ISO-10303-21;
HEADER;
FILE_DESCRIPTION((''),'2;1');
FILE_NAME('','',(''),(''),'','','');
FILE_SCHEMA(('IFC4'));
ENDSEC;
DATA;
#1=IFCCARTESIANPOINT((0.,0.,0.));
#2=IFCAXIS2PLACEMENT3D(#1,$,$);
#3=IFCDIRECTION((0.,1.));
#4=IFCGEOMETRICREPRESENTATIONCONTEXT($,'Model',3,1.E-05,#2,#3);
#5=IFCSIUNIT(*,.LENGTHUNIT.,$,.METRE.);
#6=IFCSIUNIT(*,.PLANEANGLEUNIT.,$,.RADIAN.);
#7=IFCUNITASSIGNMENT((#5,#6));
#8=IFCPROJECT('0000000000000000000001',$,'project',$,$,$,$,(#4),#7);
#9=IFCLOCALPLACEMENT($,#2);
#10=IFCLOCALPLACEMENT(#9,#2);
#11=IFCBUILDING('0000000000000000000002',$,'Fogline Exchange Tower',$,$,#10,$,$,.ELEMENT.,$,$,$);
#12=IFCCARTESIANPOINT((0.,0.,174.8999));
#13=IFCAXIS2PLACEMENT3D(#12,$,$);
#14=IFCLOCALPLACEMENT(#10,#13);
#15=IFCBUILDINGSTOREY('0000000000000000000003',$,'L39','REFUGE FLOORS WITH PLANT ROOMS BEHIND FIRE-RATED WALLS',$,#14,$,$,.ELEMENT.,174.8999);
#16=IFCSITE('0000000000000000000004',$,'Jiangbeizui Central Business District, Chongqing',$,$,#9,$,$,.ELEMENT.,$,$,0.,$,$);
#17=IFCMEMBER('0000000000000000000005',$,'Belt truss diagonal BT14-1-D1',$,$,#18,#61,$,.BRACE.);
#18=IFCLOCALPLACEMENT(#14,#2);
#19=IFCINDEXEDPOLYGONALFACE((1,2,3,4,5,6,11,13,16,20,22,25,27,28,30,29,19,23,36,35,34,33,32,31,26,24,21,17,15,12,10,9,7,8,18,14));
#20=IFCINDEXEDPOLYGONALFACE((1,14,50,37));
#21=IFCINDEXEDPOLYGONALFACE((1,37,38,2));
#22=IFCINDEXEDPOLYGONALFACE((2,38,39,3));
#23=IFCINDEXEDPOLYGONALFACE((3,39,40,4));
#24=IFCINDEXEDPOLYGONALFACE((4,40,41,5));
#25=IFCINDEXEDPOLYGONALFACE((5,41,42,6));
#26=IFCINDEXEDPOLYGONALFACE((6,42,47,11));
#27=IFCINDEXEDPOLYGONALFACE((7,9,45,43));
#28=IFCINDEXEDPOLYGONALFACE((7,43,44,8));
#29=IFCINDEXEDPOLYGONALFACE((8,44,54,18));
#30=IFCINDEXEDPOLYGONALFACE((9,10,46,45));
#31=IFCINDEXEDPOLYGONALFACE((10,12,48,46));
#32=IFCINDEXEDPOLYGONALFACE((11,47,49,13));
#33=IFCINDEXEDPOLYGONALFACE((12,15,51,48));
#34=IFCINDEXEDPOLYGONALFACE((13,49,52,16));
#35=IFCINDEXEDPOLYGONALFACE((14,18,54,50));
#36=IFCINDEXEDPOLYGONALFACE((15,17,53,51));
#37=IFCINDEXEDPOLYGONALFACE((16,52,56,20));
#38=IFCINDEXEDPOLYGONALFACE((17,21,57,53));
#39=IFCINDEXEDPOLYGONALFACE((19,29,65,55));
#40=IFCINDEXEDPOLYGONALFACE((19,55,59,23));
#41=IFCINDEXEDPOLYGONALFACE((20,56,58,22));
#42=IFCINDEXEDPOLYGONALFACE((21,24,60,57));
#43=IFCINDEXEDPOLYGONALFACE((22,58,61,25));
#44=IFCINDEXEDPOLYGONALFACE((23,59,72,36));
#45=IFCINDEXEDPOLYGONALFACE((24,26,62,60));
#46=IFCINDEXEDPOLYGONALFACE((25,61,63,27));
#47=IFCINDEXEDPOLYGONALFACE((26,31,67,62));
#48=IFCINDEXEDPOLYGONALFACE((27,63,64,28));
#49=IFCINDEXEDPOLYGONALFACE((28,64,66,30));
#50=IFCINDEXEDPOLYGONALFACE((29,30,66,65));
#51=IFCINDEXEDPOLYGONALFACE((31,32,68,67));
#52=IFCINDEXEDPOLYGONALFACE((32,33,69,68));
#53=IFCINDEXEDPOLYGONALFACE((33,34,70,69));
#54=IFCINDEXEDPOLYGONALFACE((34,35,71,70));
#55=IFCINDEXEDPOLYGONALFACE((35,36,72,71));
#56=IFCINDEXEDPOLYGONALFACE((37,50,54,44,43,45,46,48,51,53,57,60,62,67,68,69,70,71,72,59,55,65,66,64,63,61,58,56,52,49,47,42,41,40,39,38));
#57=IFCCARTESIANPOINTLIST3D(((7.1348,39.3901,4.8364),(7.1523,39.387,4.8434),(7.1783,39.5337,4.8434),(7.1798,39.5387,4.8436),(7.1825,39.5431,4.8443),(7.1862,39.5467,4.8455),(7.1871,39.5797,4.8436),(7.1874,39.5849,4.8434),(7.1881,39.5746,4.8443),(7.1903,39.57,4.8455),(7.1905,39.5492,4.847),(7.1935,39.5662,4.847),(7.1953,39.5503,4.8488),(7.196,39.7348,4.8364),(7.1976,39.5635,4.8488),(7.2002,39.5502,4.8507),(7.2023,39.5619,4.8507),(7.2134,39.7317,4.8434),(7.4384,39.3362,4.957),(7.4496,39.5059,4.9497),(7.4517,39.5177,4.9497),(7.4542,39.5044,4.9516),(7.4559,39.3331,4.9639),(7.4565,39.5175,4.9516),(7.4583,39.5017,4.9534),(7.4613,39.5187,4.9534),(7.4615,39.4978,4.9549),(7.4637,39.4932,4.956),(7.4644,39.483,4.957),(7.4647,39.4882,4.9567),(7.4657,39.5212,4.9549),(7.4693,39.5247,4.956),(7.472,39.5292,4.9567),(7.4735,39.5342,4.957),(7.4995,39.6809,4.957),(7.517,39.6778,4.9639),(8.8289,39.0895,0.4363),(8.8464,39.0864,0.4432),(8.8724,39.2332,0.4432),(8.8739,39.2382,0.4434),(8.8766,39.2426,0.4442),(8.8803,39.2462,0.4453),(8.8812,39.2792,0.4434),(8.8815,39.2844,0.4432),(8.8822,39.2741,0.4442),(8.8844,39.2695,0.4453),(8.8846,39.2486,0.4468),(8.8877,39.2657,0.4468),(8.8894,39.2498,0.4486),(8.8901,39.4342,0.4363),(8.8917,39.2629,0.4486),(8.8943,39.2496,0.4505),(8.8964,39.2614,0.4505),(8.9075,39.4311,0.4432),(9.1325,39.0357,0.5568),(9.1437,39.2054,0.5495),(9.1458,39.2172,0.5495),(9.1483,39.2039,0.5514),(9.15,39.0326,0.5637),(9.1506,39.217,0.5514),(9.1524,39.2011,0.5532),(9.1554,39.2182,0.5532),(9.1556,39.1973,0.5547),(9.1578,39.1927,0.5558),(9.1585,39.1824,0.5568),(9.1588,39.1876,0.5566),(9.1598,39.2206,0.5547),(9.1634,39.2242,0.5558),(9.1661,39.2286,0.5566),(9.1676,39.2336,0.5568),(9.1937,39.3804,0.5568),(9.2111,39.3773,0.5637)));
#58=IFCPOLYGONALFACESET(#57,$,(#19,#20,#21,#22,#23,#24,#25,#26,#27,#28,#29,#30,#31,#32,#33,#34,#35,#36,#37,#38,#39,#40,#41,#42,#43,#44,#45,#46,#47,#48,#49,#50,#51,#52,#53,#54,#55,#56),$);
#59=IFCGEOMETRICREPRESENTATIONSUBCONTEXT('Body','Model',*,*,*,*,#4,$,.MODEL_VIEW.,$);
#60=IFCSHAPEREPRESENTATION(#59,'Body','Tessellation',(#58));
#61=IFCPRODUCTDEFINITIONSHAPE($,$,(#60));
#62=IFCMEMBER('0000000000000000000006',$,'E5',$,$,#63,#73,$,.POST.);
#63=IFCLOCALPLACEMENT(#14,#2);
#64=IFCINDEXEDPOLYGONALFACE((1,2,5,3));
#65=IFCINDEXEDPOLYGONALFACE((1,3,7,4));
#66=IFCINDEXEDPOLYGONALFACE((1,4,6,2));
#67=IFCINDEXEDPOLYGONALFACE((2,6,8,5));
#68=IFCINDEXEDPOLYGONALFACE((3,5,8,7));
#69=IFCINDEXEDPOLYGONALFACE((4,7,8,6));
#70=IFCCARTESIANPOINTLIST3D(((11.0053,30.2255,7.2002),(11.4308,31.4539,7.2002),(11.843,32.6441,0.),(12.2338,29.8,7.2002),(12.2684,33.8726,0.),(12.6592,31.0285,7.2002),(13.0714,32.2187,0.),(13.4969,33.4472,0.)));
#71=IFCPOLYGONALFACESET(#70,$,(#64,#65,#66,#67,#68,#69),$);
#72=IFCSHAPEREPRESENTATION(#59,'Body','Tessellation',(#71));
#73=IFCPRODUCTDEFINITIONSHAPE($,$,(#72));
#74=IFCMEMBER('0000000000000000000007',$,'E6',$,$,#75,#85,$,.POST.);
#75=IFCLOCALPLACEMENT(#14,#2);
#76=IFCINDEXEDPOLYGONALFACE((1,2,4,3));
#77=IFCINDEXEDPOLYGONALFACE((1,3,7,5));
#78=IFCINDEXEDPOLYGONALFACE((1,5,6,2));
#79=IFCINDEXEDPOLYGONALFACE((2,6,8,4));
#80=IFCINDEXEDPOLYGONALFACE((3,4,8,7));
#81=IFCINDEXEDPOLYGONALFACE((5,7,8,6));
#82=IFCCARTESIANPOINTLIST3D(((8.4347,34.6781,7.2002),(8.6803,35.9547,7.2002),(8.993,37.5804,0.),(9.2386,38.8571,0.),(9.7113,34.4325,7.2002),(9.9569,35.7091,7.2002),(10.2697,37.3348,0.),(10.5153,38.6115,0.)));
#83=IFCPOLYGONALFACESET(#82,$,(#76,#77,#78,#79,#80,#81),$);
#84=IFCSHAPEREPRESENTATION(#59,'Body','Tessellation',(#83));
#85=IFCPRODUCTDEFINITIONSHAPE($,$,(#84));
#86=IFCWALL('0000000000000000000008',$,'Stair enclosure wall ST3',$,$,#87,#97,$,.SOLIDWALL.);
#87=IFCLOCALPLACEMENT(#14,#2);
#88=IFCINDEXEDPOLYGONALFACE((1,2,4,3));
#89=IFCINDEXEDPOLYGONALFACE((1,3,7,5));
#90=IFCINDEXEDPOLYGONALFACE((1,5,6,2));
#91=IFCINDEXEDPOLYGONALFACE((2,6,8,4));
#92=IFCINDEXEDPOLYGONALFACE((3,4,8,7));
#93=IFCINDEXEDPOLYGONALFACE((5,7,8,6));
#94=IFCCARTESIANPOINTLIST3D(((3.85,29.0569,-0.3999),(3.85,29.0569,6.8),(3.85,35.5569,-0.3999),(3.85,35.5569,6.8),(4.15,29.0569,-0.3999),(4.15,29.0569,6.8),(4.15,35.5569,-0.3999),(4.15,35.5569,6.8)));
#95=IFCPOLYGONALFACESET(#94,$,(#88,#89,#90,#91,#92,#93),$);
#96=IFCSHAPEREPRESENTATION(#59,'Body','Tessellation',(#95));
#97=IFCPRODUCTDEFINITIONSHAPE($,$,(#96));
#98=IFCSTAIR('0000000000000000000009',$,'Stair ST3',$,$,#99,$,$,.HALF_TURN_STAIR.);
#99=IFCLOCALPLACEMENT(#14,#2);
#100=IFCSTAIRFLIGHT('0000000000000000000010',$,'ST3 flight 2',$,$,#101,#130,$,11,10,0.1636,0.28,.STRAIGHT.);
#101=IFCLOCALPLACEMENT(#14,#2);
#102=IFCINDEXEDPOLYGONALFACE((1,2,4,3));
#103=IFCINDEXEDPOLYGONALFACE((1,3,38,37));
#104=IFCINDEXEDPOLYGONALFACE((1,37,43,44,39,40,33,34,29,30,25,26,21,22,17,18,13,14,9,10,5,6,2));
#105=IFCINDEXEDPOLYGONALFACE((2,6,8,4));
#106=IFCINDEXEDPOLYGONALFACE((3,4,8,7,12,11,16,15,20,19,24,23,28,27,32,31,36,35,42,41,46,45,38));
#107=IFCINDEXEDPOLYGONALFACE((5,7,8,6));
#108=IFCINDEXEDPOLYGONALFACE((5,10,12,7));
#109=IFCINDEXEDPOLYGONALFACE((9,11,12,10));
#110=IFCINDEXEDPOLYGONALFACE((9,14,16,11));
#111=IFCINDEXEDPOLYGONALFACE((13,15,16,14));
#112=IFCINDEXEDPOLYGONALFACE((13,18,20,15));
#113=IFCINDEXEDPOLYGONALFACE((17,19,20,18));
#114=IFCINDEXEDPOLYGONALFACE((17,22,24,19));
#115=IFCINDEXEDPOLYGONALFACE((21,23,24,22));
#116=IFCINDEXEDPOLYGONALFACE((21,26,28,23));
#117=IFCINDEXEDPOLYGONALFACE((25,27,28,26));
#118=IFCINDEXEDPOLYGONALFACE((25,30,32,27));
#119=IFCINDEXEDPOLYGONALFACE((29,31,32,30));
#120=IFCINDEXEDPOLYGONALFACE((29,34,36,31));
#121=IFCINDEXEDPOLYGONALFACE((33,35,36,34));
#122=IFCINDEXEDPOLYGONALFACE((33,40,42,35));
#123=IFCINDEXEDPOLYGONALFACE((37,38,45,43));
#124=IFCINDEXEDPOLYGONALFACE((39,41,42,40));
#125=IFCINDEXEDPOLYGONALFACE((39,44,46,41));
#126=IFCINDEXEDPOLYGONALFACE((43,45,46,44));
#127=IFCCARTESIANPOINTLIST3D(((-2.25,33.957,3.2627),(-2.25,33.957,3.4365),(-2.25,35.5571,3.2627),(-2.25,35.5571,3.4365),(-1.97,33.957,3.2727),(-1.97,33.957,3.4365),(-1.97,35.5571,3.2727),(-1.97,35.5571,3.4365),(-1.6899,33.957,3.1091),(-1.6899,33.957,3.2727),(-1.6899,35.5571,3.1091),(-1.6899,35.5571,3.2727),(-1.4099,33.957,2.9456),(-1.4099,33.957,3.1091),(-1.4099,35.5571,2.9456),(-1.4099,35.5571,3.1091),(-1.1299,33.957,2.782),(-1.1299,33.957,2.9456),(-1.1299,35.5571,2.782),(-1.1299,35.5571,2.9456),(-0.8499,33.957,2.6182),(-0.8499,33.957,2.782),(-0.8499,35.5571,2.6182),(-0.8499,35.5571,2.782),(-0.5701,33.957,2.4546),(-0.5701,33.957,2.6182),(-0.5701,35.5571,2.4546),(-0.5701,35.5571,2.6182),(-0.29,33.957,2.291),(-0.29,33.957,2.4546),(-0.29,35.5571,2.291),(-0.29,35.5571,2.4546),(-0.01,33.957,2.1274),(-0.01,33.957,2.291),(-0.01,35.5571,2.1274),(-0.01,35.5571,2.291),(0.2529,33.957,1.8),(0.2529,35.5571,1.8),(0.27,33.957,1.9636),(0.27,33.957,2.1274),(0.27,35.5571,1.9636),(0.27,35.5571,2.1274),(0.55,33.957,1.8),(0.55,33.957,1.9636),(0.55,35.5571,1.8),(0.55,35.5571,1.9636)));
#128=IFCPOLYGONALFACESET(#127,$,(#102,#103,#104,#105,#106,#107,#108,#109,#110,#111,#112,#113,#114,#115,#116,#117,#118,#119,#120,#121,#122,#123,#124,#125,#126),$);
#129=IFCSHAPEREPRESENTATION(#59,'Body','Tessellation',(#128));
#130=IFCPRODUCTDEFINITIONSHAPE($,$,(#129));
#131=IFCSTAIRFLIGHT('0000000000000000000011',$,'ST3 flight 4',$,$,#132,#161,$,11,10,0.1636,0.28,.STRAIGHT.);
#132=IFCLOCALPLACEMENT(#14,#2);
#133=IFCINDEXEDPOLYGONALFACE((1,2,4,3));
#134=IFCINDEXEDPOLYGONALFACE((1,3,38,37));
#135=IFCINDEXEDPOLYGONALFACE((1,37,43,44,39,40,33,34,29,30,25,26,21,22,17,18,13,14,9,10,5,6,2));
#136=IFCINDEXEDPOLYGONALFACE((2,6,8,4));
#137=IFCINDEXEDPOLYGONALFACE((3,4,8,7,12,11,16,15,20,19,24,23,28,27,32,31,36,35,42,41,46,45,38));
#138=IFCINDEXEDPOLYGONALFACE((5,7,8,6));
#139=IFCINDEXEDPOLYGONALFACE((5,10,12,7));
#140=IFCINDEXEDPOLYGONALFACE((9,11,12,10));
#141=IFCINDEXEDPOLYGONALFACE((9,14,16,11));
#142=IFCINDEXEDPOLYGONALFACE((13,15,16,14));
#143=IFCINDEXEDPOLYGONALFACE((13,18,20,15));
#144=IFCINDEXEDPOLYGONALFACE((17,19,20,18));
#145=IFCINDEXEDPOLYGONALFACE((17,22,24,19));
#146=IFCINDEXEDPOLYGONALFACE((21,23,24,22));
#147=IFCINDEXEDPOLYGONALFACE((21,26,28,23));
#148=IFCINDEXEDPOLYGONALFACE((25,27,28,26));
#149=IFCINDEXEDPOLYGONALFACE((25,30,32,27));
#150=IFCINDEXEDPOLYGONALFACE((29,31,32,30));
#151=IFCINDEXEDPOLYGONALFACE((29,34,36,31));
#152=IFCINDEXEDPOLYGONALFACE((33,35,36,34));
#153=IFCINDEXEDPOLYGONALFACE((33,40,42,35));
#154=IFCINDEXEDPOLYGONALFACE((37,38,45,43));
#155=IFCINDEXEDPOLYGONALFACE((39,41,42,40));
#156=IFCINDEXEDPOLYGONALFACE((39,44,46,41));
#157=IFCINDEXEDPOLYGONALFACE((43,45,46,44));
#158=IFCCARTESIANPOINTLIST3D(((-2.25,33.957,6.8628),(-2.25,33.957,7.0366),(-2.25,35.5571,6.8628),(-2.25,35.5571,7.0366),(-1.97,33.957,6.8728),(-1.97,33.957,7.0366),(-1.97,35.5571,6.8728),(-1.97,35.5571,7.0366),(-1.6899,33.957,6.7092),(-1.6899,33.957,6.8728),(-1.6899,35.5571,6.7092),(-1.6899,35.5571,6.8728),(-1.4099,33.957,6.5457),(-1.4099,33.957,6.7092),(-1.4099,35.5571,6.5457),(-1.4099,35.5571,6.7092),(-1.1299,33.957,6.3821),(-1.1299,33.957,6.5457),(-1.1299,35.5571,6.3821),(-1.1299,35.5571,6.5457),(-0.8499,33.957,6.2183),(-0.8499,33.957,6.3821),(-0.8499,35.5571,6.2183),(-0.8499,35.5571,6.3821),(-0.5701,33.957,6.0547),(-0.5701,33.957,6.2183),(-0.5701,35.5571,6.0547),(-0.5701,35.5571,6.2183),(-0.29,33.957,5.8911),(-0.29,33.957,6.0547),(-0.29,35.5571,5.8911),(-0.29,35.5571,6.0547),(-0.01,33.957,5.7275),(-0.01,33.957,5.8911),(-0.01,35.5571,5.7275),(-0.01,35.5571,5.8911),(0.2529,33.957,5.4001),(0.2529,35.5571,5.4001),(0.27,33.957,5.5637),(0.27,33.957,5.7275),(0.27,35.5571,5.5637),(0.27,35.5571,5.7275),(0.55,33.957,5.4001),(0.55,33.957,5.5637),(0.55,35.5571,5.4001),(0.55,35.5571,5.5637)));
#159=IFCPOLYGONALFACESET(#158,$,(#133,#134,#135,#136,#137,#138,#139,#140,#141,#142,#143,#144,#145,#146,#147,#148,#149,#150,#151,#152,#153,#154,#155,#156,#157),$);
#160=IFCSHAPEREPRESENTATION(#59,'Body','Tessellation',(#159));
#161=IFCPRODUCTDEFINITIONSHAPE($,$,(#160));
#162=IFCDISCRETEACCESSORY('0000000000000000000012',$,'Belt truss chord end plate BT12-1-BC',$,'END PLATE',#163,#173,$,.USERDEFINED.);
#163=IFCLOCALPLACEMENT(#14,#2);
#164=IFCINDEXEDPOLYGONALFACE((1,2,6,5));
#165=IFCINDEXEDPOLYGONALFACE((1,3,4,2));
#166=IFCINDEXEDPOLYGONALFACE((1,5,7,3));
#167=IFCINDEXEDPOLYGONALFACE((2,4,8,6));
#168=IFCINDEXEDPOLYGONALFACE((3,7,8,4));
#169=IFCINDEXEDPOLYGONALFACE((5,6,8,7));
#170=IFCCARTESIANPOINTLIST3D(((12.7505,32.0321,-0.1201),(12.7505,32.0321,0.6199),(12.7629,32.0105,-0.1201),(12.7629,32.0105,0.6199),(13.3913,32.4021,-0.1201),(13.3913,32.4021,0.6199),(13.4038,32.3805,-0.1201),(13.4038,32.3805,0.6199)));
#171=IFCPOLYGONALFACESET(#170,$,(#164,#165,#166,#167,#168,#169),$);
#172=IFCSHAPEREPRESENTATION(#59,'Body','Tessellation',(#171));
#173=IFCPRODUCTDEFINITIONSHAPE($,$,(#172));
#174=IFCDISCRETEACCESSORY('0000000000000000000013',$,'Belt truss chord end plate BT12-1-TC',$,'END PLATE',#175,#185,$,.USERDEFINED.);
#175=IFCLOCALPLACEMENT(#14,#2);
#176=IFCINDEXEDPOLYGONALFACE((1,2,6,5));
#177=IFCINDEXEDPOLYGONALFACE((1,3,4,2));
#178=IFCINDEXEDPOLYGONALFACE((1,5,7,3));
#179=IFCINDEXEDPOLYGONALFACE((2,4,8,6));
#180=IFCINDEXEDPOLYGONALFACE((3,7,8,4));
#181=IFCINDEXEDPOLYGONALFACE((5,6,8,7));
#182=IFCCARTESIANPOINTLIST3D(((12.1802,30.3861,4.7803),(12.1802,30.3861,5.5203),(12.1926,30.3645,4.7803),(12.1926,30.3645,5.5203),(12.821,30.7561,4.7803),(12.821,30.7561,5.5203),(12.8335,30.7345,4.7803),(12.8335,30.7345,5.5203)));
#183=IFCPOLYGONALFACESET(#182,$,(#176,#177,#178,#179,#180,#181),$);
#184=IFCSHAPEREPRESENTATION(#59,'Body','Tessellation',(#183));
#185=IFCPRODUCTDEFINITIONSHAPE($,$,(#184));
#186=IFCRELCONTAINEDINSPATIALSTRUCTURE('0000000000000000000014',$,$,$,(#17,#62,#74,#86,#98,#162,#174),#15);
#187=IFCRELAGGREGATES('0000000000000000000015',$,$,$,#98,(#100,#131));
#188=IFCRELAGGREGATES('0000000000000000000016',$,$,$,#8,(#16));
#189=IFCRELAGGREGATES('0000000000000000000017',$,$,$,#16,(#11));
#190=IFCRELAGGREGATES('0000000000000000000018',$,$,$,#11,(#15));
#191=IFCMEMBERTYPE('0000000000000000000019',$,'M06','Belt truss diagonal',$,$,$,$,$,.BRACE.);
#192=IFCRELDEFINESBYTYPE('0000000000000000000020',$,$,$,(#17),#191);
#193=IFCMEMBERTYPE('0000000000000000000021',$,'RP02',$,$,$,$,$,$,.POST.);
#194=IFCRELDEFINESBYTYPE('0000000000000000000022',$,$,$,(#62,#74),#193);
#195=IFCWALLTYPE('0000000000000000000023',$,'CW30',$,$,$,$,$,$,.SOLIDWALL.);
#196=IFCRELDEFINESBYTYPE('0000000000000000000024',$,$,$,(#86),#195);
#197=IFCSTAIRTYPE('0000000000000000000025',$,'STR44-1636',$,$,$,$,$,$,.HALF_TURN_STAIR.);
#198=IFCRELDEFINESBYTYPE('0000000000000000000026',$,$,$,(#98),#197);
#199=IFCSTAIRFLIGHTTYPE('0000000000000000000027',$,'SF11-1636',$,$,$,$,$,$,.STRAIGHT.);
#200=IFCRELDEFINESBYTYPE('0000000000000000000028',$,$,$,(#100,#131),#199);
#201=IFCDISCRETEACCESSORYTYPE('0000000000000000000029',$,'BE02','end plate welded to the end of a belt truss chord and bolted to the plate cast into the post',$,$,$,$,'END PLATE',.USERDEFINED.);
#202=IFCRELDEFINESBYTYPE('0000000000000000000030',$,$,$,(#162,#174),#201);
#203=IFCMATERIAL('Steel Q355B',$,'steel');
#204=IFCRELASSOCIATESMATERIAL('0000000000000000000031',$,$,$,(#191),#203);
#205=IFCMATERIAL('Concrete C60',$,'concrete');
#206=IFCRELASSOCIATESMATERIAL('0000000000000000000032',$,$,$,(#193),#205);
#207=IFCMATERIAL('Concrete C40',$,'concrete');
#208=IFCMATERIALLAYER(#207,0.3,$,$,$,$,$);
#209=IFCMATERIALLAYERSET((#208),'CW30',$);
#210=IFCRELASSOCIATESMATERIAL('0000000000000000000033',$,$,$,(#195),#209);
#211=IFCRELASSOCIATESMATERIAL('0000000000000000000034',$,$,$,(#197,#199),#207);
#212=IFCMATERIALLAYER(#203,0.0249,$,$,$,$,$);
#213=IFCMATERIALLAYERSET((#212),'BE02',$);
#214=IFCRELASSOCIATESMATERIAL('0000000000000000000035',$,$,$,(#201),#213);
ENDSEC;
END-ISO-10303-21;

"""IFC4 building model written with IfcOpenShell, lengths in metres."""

from ifc_helpers import new_model, si_unit, direction, frame, frame_2d, origin, origin_2d, place, context, subcontext, project, spatial, polyline, rectangle, i_section, outline, extrude, material, layer, layer_set, material_profile, profile_set, type_object, element, aggregate, save


model = new_model("IFC4")

# Units and contexts
model_context = context("Model", 3, precision=1e-05, world=origin(), true_north=direction((0.0, 1.0)))
body_context = subcontext(model_context, "Body", "Model", "MODEL_VIEW")
ifc_project = project(units=[si_unit("LENGTHUNIT", "METRE"), si_unit("PLANEANGLEUNIT", "RADIAN")], contexts=[model_context])

# Site, building, storey
site_placement = place(None, origin())
site = spatial("IfcSite", under=ifc_project, at=site_placement, Name="Jiangbeizui Central Business District, Chongqing", CompositionType="ELEMENT", RefElevation=0.0)
building_placement = place(site_placement, origin())
building = spatial("IfcBuilding", under=site, at=building_placement, Name="Fogline Exchange Tower", CompositionType="ELEMENT")
storey_placement = place(building_placement, frame((0.0, 0.0, 174.8999)))
storey = spatial("IfcBuildingStorey", under=building, at=storey_placement, Name="L39", Description="REFUGE FLOORS WITH PLANT ROOMS BEHIND FIRE-RATED WALLS", CompositionType="ELEMENT", Elevation=174.8999)

# Shared definitions
ifc_material_1 = material(Name="Concrete C40", Category="concrete")

# Members
ifc_material_2 = material(Name="Steel Q355B", Category="steel")
ifc_material_profile_1 = material_profile(ifc_material_2, i_section(OverallWidth=0.3501, OverallDepth=0.3501, WebThickness=0.012, FlangeThickness=0.019, FilletRadius=0.02, at=origin_2d()), Name="HW350X350X12X19")
ifc_profile_set_1 = profile_set([ifc_material_profile_1], Name="Steel Q355B")
member_type_1 = type_object("IfcMemberType", Name="M06", Description="Belt truss diagonal", PredefinedType="BRACE", material=ifc_profile_set_1)
member_1_placement = place(storey_placement, frame((9.02, 39.2334, 0.5), z_axis=(-0.358571, 0.063612, 0.931333), x_axis=(-0.174676, -0.984626, 0.0)))
element("IfcMember", 1, at=member_1_placement, inside=storey, type_object=member_type_1, Name="Belt truss diagonal BT14-1-D1", PredefinedType="BRACE", context=body_context, shape_type="SweptSolid", body=[
    extrude(i_section(OverallWidth=0.3501, OverallDepth=0.3501, WebThickness=0.012, FlangeThickness=0.019, FilletRadius=0.02, at=origin_2d()), origin(), (0.0, 0.0, 1.0), 4.7246),
])
ifc_material_3 = material(Name="Concrete C60", Category="concrete")
ifc_material_profile_2 = material_profile(ifc_material_3, rectangle(XDim=1.3, YDim=1.3, at=origin_2d()), Name="RC 1300x1300")
ifc_profile_set_2 = profile_set([ifc_material_profile_2], Name="Concrete C60")
member_type_2 = type_object("IfcMemberType", Name="RP02", PredefinedType="POST", material=ifc_profile_set_2)
member_2_placement = place(storey_placement, frame((12.6699, 33.0457, 0.0), z_axis=(0.0, 0.0, 1.0), x_axis=(0.944937, -0.327251, 0.0)))
element("IfcMember", 2, at=member_2_placement, inside=storey, type_object=member_type_2, Name="E5", PredefinedType="POST", context=body_context, shape_type="SweptSolid", body=[
    extrude(rectangle(XDim=1.3, YDim=1.3, at=origin_2d()), origin(), (0.0, -0.33496, 0.942232), 7.6416),
])
member_3_placement = place(storey_placement, frame((9.7542, 38.0959, 0.0), z_axis=(0.0, 0.0, 1.0), x_axis=(0.981993, -0.188915, 0.0)))
element("IfcMember", 3, at=member_3_placement, inside=storey, type_object=member_type_2, Name="E6", PredefinedType="POST", context=body_context, shape_type="SweptSolid", body=[
    extrude(rectangle(XDim=1.3, YDim=1.3, at=origin_2d()), origin(), (0.0, -0.379736, 0.925095), 7.7832),
])

# Wall
ifc_layer_1 = layer(ifc_material_1, 0.3)
ifc_layer_set_1 = layer_set([ifc_layer_1], Name="CW30")
wall_type = type_object("IfcWallType", Name="CW30", PredefinedType="SOLIDWALL", material=ifc_layer_set_1)
wall_placement = place(storey_placement, frame((4.0, 29.0569, -0.3999), z_axis=(0.0, 0.0, 1.0), x_axis=(0.0, 1.0, 0.0)))
element("IfcWall", 4, at=wall_placement, inside=storey, type_object=wall_type, Name="Stair enclosure wall ST3", PredefinedType="SOLIDWALL", context=body_context, shape_type="SweptSolid", body=[
    extrude(rectangle(XDim=6.5, YDim=0.3, at=frame_2d((3.25, 0.0))), origin(), (0.0, 0.0, 1.0), 7.2),
])

# Stair, stair flights
stair_type = type_object("IfcStairType", Name="STR44-1636", PredefinedType="HALF_TURN_STAIR", material=ifc_material_1)
stair_placement = place(storey_placement, origin())
stair = element("IfcStair", 5, at=stair_placement, inside=storey, type_object=stair_type, Name="Stair ST3", PredefinedType="HALF_TURN_STAIR")
stair_flight_type = type_object("IfcStairFlightType", Name="SF11-1636", PredefinedType="STRAIGHT", material=ifc_material_1)
stair_flight_1_placement = place(storey_placement, frame((0.55, 34.7571, 1.8), z_axis=(0.0, 0.0, 1.0), x_axis=(-1.0, 0.0, 0.0)))
stair_flight_1 = element("IfcStairFlight", 6, at=stair_flight_1_placement, type_object=stair_flight_type, Name="ST3 flight 2", NumberOfRisers=11, NumberOfTreads=10, PredefinedType="STRAIGHT", RiserHeight=0.1636, TreadLength=0.28, context=body_context, shape_type="SweptSolid", body=[
    extrude(outline(polyline([(0.0, 0.0), (0.0, 0.1636), (0.28, 0.1636), (0.28, 0.3274), (0.5601, 0.3274), (0.5601, 0.491), (0.8401, 0.491), (0.8401, 0.6545), (1.1201, 0.6545), (1.1201, 0.8181), (1.3999, 0.8181), (1.3999, 0.9819), (1.6799, 0.9819), (1.6799, 1.1455), (1.96, 1.1455), (1.96, 1.3091), (2.24, 1.3091), (2.24, 1.4727), (2.52, 1.4727), (2.52, 1.6365), (2.8, 1.6365), (2.8, 1.8), (2.8, 1.4626), (0.2971, 0.0), (0.0, 0.0)])), frame((0.0, 0.8, 0.0), z_axis=(0.0, -1.0, 0.0), x_axis=(1.0, 0.0, 0.0)), (0.0, 0.0, 1.0), 1.6001),
])
stair_flight_2_placement = place(storey_placement, frame((0.55, 34.7571, 5.4001), z_axis=(0.0, 0.0, 1.0), x_axis=(-1.0, 0.0, 0.0)))
stair_flight_2 = element("IfcStairFlight", 7, at=stair_flight_2_placement, type_object=stair_flight_type, Name="ST3 flight 4", NumberOfRisers=11, NumberOfTreads=10, PredefinedType="STRAIGHT", RiserHeight=0.1636, TreadLength=0.28, context=body_context, shape_type="SweptSolid", body=[
    extrude(outline(polyline([(0.0, 0.0), (0.0, 0.1636), (0.28, 0.1636), (0.28, 0.3274), (0.5601, 0.3274), (0.5601, 0.491), (0.8401, 0.491), (0.8401, 0.6545), (1.1201, 0.6545), (1.1201, 0.8181), (1.3999, 0.8181), (1.3999, 0.9819), (1.6799, 0.9819), (1.6799, 1.1455), (1.96, 1.1455), (1.96, 1.3091), (2.24, 1.3091), (2.24, 1.4727), (2.52, 1.4727), (2.52, 1.6365), (2.8, 1.6365), (2.8, 1.8), (2.8, 1.4626), (0.2971, 0.0), (0.0, 0.0)])), frame((0.0, 0.8, 0.0), z_axis=(0.0, -1.0, 0.0), x_axis=(1.0, 0.0, 0.0)), (0.0, 0.0, 1.0), 1.6001),
])
aggregate(stair, [stair_flight_1, stair_flight_2])

# Discrete accessories
ifc_layer_2 = layer(ifc_material_2, 0.0249)
ifc_layer_set_2 = layer_set([ifc_layer_2], Name="BE02")
discrete_accessory_type = type_object("IfcDiscreteAccessoryType", Name="BE02", Description="end plate welded to the end of a belt truss chord and bolted to the plate cast into the post", ElementType="END PLATE", PredefinedType="USERDEFINED", material=ifc_layer_set_2)
for number, where, z_axis, x_axis, name in (
    (8, (13.0771, 32.2063, -0.1201), (0.0, 0.0, 1.0), (-0.5, 0.866025, 0.0), "Belt truss chord end plate BT12-1-BC"),
    (9, (12.5068, 30.5603, 4.7803), (0.0, 0.0, 1.0), (-0.5, 0.866025, 0.0), "Belt truss chord end plate BT12-1-TC"),
):
    element("IfcDiscreteAccessory", number, at=place(storey_placement, frame(where, z_axis=z_axis, x_axis=x_axis)), inside=storey, type_object=discrete_accessory_type, Name=name, ObjectType="END PLATE", PredefinedType="USERDEFINED", context=body_context, shape_type="SweptSolid", body=[
        extrude(rectangle(XDim=0.0249, YDim=0.74, at=origin_2d()), origin(), (0.0, 0.0, 1.0), 0.74),
    ])

save(model, "model.ifc")
